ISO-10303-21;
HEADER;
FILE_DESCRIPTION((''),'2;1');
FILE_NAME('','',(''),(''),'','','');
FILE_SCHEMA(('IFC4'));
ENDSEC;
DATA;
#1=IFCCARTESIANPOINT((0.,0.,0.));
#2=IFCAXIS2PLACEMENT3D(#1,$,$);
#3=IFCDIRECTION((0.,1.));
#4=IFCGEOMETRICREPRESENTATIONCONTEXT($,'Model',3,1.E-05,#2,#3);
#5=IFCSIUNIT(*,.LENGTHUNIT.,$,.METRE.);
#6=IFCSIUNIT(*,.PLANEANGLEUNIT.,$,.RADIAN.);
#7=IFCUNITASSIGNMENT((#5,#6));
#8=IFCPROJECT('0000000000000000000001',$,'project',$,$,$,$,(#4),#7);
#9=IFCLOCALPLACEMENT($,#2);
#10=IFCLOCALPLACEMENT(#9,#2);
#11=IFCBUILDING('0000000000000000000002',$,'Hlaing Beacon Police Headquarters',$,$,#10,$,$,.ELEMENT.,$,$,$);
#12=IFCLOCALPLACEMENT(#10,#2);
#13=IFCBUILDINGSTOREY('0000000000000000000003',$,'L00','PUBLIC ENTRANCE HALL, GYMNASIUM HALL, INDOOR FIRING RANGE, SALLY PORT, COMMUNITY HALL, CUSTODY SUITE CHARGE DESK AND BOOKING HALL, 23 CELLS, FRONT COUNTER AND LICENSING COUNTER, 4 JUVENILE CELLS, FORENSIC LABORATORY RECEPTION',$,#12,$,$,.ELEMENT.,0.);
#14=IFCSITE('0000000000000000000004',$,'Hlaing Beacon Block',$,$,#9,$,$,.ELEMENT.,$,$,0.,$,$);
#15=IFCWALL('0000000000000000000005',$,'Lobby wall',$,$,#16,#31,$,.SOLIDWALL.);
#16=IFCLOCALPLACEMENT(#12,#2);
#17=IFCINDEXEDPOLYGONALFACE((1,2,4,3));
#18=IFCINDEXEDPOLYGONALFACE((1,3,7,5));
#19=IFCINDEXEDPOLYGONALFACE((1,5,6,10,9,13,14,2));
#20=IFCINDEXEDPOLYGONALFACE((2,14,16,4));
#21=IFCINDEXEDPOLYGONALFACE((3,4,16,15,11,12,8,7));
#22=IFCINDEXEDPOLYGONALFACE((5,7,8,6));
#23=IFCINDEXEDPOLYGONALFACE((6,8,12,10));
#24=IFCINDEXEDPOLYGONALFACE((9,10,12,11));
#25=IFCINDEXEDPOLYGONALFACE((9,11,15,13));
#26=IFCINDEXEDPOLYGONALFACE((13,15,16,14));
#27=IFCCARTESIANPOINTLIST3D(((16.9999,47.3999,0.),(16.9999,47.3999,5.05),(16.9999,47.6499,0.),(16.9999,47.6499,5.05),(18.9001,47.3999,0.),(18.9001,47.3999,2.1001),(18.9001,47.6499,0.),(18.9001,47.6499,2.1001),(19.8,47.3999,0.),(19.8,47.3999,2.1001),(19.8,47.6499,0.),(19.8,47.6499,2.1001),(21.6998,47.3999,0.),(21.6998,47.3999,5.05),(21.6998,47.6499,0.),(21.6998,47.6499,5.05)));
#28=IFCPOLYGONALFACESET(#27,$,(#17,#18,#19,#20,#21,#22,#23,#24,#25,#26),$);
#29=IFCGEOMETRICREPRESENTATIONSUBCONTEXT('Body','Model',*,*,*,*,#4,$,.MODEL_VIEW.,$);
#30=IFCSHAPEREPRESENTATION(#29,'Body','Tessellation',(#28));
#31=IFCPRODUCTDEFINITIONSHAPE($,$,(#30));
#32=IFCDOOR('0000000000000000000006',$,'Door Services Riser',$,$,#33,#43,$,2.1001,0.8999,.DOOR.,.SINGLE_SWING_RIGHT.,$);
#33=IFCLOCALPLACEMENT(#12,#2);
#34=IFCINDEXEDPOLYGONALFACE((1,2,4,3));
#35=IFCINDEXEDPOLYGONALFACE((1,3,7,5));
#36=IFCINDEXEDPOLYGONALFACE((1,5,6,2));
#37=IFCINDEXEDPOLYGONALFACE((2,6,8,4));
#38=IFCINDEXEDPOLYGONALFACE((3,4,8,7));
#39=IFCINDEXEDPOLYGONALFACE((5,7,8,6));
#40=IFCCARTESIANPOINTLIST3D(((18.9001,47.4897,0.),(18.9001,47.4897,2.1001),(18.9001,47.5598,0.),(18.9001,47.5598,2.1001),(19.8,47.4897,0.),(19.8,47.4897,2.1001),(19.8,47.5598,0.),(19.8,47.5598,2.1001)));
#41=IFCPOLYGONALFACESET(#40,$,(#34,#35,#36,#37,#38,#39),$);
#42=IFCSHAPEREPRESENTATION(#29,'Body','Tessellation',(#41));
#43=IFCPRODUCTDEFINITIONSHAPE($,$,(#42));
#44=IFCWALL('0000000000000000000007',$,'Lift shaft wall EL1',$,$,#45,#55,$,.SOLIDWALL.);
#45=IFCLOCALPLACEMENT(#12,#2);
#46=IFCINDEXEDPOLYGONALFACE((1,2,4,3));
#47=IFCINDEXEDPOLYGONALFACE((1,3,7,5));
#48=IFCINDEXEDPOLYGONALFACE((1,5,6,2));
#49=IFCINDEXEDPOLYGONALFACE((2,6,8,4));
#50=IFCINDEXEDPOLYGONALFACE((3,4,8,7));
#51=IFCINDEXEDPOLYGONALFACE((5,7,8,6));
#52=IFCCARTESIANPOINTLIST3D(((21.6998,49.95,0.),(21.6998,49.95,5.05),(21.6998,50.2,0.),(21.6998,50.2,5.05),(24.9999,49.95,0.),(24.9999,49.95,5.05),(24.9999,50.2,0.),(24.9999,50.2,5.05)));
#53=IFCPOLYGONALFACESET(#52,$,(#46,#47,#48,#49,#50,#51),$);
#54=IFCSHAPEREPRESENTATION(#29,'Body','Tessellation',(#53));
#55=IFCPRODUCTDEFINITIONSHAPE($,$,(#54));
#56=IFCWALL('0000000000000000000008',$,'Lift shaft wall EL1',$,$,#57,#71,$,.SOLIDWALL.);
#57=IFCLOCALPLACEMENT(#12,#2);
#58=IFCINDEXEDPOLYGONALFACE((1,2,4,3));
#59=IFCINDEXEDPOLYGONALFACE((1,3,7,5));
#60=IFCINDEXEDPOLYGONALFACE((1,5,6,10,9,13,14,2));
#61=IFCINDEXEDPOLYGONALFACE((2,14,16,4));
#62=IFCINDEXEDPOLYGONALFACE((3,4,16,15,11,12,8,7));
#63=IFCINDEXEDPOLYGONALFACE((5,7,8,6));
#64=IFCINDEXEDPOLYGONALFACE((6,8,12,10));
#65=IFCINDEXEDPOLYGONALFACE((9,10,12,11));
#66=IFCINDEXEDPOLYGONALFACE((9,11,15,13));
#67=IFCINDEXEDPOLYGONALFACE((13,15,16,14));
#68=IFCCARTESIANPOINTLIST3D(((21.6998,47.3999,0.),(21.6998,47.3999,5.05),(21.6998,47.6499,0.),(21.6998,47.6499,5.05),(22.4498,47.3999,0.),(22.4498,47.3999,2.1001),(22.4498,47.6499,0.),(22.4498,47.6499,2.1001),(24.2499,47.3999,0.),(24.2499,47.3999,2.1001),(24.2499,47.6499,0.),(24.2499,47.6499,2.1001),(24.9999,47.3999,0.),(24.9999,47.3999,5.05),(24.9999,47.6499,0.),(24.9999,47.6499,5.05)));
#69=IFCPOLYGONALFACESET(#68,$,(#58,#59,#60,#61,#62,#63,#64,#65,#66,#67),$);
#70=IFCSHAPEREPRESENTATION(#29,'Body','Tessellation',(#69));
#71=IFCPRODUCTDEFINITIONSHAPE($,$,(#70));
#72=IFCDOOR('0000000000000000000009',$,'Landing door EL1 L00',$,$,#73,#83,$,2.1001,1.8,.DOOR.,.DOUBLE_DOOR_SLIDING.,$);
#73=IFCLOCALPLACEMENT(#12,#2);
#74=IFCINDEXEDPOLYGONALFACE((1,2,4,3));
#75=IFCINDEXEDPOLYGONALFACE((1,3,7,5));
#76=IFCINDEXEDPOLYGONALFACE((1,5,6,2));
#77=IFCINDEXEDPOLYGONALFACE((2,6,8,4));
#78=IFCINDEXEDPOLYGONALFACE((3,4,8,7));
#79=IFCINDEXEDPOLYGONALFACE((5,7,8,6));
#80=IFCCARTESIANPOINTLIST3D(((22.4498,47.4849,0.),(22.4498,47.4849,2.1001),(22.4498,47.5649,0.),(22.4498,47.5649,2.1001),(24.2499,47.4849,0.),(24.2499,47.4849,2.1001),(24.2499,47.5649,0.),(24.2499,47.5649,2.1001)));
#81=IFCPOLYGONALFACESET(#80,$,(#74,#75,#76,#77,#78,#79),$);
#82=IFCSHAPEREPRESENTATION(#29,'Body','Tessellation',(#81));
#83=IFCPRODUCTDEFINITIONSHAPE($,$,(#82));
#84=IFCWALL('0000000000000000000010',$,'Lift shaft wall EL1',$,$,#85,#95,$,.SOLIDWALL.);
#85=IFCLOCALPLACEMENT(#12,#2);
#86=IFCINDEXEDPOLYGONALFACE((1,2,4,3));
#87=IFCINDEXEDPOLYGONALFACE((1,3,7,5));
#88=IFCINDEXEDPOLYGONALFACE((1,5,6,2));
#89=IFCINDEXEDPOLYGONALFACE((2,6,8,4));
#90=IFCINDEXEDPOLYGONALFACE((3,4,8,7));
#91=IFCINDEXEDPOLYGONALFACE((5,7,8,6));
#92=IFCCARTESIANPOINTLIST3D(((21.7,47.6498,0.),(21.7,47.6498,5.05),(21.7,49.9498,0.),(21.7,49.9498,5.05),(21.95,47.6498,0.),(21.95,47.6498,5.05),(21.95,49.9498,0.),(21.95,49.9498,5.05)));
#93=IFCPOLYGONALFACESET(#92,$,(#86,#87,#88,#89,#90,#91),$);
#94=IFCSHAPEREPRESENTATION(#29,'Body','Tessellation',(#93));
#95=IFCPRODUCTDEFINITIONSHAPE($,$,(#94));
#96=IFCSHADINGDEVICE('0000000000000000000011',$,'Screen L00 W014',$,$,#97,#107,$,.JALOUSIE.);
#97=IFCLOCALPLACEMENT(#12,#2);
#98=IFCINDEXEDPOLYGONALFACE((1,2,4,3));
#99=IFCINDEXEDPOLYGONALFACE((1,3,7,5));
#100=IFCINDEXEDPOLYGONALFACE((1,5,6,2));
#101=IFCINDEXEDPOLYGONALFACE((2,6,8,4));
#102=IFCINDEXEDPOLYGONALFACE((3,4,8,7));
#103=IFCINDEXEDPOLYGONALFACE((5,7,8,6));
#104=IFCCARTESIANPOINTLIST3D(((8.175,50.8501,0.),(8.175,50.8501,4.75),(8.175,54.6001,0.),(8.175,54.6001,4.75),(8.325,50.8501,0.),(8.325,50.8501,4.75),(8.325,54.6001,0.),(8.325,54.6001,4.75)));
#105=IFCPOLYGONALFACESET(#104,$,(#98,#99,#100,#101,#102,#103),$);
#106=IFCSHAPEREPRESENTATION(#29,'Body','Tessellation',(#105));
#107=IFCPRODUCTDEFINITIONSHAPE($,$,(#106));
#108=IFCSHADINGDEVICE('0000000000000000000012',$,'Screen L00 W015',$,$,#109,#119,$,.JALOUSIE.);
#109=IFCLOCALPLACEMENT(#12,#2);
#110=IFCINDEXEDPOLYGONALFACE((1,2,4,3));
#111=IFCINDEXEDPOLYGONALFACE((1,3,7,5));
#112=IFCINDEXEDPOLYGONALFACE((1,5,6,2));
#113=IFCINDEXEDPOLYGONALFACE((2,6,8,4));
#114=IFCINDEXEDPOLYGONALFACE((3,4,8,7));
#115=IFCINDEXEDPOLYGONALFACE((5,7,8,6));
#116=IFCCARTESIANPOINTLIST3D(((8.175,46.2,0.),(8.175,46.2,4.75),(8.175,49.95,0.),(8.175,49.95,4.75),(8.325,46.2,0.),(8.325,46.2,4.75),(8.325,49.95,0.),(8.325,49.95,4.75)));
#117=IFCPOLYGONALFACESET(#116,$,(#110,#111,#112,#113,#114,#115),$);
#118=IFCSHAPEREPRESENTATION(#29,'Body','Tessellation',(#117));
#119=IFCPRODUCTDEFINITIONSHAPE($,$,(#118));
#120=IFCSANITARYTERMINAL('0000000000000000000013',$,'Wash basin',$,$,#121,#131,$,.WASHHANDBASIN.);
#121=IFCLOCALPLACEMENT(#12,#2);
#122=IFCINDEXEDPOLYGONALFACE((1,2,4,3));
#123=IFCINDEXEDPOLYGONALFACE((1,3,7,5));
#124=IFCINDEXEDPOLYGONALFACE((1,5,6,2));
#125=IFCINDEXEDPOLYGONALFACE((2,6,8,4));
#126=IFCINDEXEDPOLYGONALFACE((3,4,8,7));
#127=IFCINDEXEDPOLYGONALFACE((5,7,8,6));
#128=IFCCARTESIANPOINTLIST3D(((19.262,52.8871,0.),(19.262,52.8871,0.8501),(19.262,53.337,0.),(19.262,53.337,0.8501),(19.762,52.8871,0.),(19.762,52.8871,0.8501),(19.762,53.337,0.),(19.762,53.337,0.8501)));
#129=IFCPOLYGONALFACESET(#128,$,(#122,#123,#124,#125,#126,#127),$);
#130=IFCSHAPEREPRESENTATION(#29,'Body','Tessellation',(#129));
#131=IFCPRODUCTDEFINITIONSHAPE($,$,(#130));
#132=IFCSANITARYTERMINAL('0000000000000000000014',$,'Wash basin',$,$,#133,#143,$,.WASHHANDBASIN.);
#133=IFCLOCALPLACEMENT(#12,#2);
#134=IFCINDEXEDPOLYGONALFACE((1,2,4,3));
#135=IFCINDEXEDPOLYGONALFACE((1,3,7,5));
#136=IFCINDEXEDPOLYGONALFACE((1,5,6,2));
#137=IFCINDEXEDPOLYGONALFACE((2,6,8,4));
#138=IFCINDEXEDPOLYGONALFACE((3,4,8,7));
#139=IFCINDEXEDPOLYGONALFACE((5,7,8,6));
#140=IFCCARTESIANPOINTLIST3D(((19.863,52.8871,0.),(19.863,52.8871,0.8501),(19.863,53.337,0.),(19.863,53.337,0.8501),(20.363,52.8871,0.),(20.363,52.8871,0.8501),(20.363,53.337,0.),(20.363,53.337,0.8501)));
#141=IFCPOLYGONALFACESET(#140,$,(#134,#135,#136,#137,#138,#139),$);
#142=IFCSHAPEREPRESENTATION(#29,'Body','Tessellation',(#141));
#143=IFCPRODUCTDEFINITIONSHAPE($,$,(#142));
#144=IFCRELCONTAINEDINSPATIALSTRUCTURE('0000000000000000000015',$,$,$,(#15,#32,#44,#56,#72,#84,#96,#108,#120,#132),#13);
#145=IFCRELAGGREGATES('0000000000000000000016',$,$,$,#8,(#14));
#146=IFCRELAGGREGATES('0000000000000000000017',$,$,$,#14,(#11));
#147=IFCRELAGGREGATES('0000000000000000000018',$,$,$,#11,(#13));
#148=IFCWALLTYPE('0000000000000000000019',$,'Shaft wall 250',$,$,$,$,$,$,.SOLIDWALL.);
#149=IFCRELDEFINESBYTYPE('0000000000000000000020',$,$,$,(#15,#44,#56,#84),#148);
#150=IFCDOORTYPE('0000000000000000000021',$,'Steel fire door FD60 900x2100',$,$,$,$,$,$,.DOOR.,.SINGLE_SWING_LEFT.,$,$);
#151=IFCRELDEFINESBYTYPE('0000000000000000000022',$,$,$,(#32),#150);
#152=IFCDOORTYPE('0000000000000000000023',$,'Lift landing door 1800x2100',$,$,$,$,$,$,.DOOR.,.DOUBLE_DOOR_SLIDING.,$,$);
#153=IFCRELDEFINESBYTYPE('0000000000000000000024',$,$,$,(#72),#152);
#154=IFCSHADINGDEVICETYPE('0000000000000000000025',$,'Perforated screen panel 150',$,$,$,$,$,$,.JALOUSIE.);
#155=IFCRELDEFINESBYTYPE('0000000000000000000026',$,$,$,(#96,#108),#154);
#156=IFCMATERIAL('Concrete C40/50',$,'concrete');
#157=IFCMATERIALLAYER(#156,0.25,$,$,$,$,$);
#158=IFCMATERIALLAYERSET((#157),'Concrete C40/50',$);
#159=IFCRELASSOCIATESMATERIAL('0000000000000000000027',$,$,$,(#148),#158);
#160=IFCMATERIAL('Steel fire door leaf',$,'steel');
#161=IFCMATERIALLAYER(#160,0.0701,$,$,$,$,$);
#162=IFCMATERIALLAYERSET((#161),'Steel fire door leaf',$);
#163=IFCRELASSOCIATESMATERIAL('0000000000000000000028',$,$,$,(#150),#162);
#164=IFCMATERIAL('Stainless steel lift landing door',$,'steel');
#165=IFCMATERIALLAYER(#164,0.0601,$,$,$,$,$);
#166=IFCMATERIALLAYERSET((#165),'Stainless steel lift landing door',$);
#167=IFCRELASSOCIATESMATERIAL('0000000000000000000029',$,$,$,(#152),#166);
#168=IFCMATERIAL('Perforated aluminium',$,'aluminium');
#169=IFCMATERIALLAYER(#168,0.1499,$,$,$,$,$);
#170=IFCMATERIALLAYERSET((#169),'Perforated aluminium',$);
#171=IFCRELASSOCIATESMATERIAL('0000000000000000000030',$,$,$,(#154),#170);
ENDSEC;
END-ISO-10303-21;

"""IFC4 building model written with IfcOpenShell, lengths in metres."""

from ifc_helpers import new_model, si_unit, direction, frame, frame_2d, origin, origin_2d, place, context, subcontext, project, spatial, rectangle, extrude, material, layer, layer_set, type_object, element, fill, save


model = new_model("IFC4")

# Units and contexts
model_context = context("Model", 3, precision=1e-05, world=origin(), true_north=direction((0.0, 1.0)))
body_context = subcontext(model_context, "Body", "Model", "MODEL_VIEW")
ifc_project = project(units=[si_unit("LENGTHUNIT", "METRE"), si_unit("PLANEANGLEUNIT", "RADIAN")], contexts=[model_context])

# Site, building, storey
site_placement = place(None, origin())
site = spatial("IfcSite", under=ifc_project, at=site_placement, Name="Hlaing Beacon Block", CompositionType="ELEMENT", RefElevation=0.0)
building_placement = place(site_placement, origin())
building = spatial("IfcBuilding", under=site, at=building_placement, Name="Hlaing Beacon Police Headquarters", CompositionType="ELEMENT")
storey_placement = place(building_placement, origin())
storey = spatial("IfcBuildingStorey", under=building, at=storey_placement, Name="L00", Description="PUBLIC ENTRANCE HALL, GYMNASIUM HALL, INDOOR FIRING RANGE, SALLY PORT, COMMUNITY HALL, CUSTODY SUITE CHARGE DESK AND BOOKING HALL, 23 CELLS, FRONT COUNTER AND LICENSING COUNTER, 4 JUVENILE CELLS, FORENSIC LABORATORY RECEPTION", CompositionType="ELEMENT", Elevation=0.0)

# Wall, opening, door
ifc_material_1 = material(Name="Concrete C40/50", Category="concrete")
ifc_layer_1 = layer(ifc_material_1, 0.25)
ifc_layer_set_1 = layer_set([ifc_layer_1], Name="Concrete C40/50")
wall_type_1 = type_object("IfcWallType", Name="Shaft wall 250", PredefinedType="SOLIDWALL", material=ifc_layer_set_1)
wall_1_placement = place(storey_placement, frame((21.7, 47.5249, 0.0), z_axis=(0.0, 0.0, 1.0), x_axis=(-1.0, 0.0, 0.0)))
wall_1 = element("IfcWall", 1, at=wall_1_placement, inside=storey, type_object=wall_type_1, Name="Lobby wall", PredefinedType="SOLIDWALL", context=body_context, shape_type="SweptSolid", body=[
    extrude(rectangle(XDim=4.7, YDim=0.25, at=frame_2d((2.3501, 0.0))), origin(), (0.0, 0.0, 1.0), 5.05),
])
opening_1_placement = place(wall_1_placement, frame((1.8999, 0.0, 0.0)))
opening_1 = element("IfcOpeningElement", 2, at=opening_1_placement, cuts=wall_1, PredefinedType="OPENING", context=body_context, shape_type="SweptSolid", body=[
    extrude(rectangle(XDim=0.8999, YDim=2.1001, at=frame_2d((0.45, 1.05))), frame((0.0, 0.135, 0.0), z_axis=(0.0, -1.0, 0.0), x_axis=(1.0, 0.0, 0.0)), (0.0, 0.0, 1.0), 0.27),
])
ifc_material_2 = material(Name="Steel fire door leaf", Category="steel")
ifc_layer_2 = layer(ifc_material_2, 0.0701)
ifc_layer_set_2 = layer_set([ifc_layer_2], Name="Steel fire door leaf")
door_type_1 = type_object("IfcDoorType", Name="Steel fire door FD60 900x2100", OperationType="SINGLE_SWING_LEFT", PredefinedType="DOOR", material=ifc_layer_set_2)
door_1_placement = place(opening_1_placement, frame((0.8999, 0.0, 0.0), z_axis=(0.0, 0.0, 1.0), x_axis=(-1.0, 0.0, 0.0)))
door_1 = element("IfcDoor", 3, at=door_1_placement, inside=storey, type_object=door_type_1, Name="Door Services Riser", OperationType="SINGLE_SWING_RIGHT", OverallHeight=2.1001, OverallWidth=0.8999, PredefinedType="DOOR", context=body_context, shape_type="SweptSolid", body=[
    extrude(rectangle(XDim=0.8999, YDim=2.1001, at=frame_2d((0.45, 1.05))), frame((0.0, 0.0349, 0.0), z_axis=(0.0, -1.0, 0.0), x_axis=(1.0, 0.0, 0.0)), (0.0, 0.0, 1.0), 0.0701),
])
fill(opening_1, door_1)

# Wall
wall_2_placement = place(storey_placement, frame((21.7, 50.075, 0.0), z_axis=(0.0, 0.0, 1.0), x_axis=(1.0, 0.0, 0.0)))
element("IfcWall", 4, at=wall_2_placement, inside=storey, type_object=wall_type_1, Name="Lift shaft wall EL1", PredefinedType="SOLIDWALL", context=body_context, shape_type="SweptSolid", body=[
    extrude(rectangle(XDim=3.3, YDim=0.25, at=frame_2d((1.6499, 0.0))), origin(), (0.0, 0.0, 1.0), 5.05),
])

# Wall, opening, door
wall_3_placement = place(storey_placement, frame((21.7, 47.5249, 0.0), z_axis=(0.0, 0.0, 1.0), x_axis=(1.0, 0.0, 0.0)))
wall_3 = element("IfcWall", 5, at=wall_3_placement, inside=storey, type_object=wall_type_1, Name="Lift shaft wall EL1", PredefinedType="SOLIDWALL", context=body_context, shape_type="SweptSolid", body=[
    extrude(rectangle(XDim=3.3, YDim=0.25, at=frame_2d((1.6499, 0.0))), origin(), (0.0, 0.0, 1.0), 5.05),
])
opening_2_placement = place(wall_3_placement, frame((0.75, 0.0, 0.0)))
opening_2 = element("IfcOpeningElement", 6, at=opening_2_placement, cuts=wall_3, PredefinedType="OPENING", context=body_context, shape_type="SweptSolid", body=[
    extrude(rectangle(XDim=1.8, YDim=2.1001, at=frame_2d((0.8999, 1.05))), frame((0.0, 0.135, 0.0), z_axis=(0.0, -1.0, 0.0), x_axis=(1.0, 0.0, 0.0)), (0.0, 0.0, 1.0), 0.27),
])
ifc_material_3 = material(Name="Stainless steel lift landing door", Category="steel")
ifc_layer_3 = layer(ifc_material_3, 0.0601)
ifc_layer_set_3 = layer_set([ifc_layer_3], Name="Stainless steel lift landing door")
door_type_2 = type_object("IfcDoorType", Name="Lift landing door 1800x2100", OperationType="DOUBLE_DOOR_SLIDING", PredefinedType="DOOR", material=ifc_layer_set_3)
door_2_placement = place(opening_2_placement, origin())
door_2 = element("IfcDoor", 7, at=door_2_placement, inside=storey, type_object=door_type_2, Name="Landing door EL1 L00", OperationType="DOUBLE_DOOR_SLIDING", OverallHeight=2.1001, OverallWidth=1.8, PredefinedType="DOOR", context=body_context, shape_type="SweptSolid", body=[
    extrude(rectangle(XDim=1.8, YDim=2.1001, at=frame_2d((0.8999, 1.05))), frame((0.0, 0.04, 0.0), z_axis=(0.0, -1.0, 0.0), x_axis=(1.0, 0.0, 0.0)), (0.0, 0.0, 1.0), 0.0801),
])
fill(opening_2, door_2)

# Wall
wall_4_placement = place(storey_placement, frame((21.825, 47.6499, 0.0), z_axis=(0.0, 0.0, 1.0), x_axis=(0.0, 1.0, 0.0)))
element("IfcWall", 8, at=wall_4_placement, inside=storey, type_object=wall_type_1, Name="Lift shaft wall EL1", PredefinedType="SOLIDWALL", context=body_context, shape_type="SweptSolid", body=[
    extrude(rectangle(XDim=2.3, YDim=0.25, at=frame_2d((1.1499, 0.0))), origin(), (0.0, 0.0, 1.0), 5.05),
])

# Shading devices
ifc_material_4 = material(Name="Perforated aluminium", Category="aluminium")
ifc_layer_4 = layer(ifc_material_4, 0.1499)
ifc_layer_set_4 = layer_set([ifc_layer_4], Name="Perforated aluminium")
shading_device_type = type_object("IfcShadingDeviceType", Name="Perforated screen panel 150", PredefinedType="JALOUSIE", material=ifc_layer_set_4)
for number, where, z_axis, x_axis, name in (
    (9, (8.25, 52.7251, 0.0), (0.0, 0.0, 1.0), (0.0, -1.0, 0.0), "Screen L00 W014"),
    (10, (8.25, 48.075, 0.0), (0.0, 0.0, 1.0), (0.0, -1.0, 0.0), "Screen L00 W015"),
):
    element("IfcShadingDevice", number, at=place(storey_placement, frame(where, z_axis=z_axis, x_axis=x_axis)), inside=storey, type_object=shading_device_type, Name=name, PredefinedType="JALOUSIE", context=body_context, shape_type="SweptSolid", body=[
        extrude(rectangle(XDim=3.75, YDim=0.1499, at=origin_2d()), origin(), (0.0, 0.0, 1.0), 4.75),
    ])

# Sanitary terminals
for number, where, z_axis, x_axis, name in (
    (11, (19.512, 53.1121, 0.0), (0.0, 0.0, 1.0), (1.0, 0.0, 0.0), "Wash basin"),
    (12, (20.113, 53.1121, 0.0), (0.0, 0.0, 1.0), (1.0, 0.0, 0.0), "Wash basin"),
):
    element("IfcSanitaryTerminal", number, at=place(storey_placement, frame(where, z_axis=z_axis, x_axis=x_axis)), inside=storey, Name=name, PredefinedType="WASHHANDBASIN", context=body_context, shape_type="SweptSolid", body=[
        extrude(rectangle(XDim=0.5, YDim=0.45, at=origin_2d()), origin(), (0.0, 0.0, 1.0), 0.8501),
    ])

save(model, "model.ifc")
